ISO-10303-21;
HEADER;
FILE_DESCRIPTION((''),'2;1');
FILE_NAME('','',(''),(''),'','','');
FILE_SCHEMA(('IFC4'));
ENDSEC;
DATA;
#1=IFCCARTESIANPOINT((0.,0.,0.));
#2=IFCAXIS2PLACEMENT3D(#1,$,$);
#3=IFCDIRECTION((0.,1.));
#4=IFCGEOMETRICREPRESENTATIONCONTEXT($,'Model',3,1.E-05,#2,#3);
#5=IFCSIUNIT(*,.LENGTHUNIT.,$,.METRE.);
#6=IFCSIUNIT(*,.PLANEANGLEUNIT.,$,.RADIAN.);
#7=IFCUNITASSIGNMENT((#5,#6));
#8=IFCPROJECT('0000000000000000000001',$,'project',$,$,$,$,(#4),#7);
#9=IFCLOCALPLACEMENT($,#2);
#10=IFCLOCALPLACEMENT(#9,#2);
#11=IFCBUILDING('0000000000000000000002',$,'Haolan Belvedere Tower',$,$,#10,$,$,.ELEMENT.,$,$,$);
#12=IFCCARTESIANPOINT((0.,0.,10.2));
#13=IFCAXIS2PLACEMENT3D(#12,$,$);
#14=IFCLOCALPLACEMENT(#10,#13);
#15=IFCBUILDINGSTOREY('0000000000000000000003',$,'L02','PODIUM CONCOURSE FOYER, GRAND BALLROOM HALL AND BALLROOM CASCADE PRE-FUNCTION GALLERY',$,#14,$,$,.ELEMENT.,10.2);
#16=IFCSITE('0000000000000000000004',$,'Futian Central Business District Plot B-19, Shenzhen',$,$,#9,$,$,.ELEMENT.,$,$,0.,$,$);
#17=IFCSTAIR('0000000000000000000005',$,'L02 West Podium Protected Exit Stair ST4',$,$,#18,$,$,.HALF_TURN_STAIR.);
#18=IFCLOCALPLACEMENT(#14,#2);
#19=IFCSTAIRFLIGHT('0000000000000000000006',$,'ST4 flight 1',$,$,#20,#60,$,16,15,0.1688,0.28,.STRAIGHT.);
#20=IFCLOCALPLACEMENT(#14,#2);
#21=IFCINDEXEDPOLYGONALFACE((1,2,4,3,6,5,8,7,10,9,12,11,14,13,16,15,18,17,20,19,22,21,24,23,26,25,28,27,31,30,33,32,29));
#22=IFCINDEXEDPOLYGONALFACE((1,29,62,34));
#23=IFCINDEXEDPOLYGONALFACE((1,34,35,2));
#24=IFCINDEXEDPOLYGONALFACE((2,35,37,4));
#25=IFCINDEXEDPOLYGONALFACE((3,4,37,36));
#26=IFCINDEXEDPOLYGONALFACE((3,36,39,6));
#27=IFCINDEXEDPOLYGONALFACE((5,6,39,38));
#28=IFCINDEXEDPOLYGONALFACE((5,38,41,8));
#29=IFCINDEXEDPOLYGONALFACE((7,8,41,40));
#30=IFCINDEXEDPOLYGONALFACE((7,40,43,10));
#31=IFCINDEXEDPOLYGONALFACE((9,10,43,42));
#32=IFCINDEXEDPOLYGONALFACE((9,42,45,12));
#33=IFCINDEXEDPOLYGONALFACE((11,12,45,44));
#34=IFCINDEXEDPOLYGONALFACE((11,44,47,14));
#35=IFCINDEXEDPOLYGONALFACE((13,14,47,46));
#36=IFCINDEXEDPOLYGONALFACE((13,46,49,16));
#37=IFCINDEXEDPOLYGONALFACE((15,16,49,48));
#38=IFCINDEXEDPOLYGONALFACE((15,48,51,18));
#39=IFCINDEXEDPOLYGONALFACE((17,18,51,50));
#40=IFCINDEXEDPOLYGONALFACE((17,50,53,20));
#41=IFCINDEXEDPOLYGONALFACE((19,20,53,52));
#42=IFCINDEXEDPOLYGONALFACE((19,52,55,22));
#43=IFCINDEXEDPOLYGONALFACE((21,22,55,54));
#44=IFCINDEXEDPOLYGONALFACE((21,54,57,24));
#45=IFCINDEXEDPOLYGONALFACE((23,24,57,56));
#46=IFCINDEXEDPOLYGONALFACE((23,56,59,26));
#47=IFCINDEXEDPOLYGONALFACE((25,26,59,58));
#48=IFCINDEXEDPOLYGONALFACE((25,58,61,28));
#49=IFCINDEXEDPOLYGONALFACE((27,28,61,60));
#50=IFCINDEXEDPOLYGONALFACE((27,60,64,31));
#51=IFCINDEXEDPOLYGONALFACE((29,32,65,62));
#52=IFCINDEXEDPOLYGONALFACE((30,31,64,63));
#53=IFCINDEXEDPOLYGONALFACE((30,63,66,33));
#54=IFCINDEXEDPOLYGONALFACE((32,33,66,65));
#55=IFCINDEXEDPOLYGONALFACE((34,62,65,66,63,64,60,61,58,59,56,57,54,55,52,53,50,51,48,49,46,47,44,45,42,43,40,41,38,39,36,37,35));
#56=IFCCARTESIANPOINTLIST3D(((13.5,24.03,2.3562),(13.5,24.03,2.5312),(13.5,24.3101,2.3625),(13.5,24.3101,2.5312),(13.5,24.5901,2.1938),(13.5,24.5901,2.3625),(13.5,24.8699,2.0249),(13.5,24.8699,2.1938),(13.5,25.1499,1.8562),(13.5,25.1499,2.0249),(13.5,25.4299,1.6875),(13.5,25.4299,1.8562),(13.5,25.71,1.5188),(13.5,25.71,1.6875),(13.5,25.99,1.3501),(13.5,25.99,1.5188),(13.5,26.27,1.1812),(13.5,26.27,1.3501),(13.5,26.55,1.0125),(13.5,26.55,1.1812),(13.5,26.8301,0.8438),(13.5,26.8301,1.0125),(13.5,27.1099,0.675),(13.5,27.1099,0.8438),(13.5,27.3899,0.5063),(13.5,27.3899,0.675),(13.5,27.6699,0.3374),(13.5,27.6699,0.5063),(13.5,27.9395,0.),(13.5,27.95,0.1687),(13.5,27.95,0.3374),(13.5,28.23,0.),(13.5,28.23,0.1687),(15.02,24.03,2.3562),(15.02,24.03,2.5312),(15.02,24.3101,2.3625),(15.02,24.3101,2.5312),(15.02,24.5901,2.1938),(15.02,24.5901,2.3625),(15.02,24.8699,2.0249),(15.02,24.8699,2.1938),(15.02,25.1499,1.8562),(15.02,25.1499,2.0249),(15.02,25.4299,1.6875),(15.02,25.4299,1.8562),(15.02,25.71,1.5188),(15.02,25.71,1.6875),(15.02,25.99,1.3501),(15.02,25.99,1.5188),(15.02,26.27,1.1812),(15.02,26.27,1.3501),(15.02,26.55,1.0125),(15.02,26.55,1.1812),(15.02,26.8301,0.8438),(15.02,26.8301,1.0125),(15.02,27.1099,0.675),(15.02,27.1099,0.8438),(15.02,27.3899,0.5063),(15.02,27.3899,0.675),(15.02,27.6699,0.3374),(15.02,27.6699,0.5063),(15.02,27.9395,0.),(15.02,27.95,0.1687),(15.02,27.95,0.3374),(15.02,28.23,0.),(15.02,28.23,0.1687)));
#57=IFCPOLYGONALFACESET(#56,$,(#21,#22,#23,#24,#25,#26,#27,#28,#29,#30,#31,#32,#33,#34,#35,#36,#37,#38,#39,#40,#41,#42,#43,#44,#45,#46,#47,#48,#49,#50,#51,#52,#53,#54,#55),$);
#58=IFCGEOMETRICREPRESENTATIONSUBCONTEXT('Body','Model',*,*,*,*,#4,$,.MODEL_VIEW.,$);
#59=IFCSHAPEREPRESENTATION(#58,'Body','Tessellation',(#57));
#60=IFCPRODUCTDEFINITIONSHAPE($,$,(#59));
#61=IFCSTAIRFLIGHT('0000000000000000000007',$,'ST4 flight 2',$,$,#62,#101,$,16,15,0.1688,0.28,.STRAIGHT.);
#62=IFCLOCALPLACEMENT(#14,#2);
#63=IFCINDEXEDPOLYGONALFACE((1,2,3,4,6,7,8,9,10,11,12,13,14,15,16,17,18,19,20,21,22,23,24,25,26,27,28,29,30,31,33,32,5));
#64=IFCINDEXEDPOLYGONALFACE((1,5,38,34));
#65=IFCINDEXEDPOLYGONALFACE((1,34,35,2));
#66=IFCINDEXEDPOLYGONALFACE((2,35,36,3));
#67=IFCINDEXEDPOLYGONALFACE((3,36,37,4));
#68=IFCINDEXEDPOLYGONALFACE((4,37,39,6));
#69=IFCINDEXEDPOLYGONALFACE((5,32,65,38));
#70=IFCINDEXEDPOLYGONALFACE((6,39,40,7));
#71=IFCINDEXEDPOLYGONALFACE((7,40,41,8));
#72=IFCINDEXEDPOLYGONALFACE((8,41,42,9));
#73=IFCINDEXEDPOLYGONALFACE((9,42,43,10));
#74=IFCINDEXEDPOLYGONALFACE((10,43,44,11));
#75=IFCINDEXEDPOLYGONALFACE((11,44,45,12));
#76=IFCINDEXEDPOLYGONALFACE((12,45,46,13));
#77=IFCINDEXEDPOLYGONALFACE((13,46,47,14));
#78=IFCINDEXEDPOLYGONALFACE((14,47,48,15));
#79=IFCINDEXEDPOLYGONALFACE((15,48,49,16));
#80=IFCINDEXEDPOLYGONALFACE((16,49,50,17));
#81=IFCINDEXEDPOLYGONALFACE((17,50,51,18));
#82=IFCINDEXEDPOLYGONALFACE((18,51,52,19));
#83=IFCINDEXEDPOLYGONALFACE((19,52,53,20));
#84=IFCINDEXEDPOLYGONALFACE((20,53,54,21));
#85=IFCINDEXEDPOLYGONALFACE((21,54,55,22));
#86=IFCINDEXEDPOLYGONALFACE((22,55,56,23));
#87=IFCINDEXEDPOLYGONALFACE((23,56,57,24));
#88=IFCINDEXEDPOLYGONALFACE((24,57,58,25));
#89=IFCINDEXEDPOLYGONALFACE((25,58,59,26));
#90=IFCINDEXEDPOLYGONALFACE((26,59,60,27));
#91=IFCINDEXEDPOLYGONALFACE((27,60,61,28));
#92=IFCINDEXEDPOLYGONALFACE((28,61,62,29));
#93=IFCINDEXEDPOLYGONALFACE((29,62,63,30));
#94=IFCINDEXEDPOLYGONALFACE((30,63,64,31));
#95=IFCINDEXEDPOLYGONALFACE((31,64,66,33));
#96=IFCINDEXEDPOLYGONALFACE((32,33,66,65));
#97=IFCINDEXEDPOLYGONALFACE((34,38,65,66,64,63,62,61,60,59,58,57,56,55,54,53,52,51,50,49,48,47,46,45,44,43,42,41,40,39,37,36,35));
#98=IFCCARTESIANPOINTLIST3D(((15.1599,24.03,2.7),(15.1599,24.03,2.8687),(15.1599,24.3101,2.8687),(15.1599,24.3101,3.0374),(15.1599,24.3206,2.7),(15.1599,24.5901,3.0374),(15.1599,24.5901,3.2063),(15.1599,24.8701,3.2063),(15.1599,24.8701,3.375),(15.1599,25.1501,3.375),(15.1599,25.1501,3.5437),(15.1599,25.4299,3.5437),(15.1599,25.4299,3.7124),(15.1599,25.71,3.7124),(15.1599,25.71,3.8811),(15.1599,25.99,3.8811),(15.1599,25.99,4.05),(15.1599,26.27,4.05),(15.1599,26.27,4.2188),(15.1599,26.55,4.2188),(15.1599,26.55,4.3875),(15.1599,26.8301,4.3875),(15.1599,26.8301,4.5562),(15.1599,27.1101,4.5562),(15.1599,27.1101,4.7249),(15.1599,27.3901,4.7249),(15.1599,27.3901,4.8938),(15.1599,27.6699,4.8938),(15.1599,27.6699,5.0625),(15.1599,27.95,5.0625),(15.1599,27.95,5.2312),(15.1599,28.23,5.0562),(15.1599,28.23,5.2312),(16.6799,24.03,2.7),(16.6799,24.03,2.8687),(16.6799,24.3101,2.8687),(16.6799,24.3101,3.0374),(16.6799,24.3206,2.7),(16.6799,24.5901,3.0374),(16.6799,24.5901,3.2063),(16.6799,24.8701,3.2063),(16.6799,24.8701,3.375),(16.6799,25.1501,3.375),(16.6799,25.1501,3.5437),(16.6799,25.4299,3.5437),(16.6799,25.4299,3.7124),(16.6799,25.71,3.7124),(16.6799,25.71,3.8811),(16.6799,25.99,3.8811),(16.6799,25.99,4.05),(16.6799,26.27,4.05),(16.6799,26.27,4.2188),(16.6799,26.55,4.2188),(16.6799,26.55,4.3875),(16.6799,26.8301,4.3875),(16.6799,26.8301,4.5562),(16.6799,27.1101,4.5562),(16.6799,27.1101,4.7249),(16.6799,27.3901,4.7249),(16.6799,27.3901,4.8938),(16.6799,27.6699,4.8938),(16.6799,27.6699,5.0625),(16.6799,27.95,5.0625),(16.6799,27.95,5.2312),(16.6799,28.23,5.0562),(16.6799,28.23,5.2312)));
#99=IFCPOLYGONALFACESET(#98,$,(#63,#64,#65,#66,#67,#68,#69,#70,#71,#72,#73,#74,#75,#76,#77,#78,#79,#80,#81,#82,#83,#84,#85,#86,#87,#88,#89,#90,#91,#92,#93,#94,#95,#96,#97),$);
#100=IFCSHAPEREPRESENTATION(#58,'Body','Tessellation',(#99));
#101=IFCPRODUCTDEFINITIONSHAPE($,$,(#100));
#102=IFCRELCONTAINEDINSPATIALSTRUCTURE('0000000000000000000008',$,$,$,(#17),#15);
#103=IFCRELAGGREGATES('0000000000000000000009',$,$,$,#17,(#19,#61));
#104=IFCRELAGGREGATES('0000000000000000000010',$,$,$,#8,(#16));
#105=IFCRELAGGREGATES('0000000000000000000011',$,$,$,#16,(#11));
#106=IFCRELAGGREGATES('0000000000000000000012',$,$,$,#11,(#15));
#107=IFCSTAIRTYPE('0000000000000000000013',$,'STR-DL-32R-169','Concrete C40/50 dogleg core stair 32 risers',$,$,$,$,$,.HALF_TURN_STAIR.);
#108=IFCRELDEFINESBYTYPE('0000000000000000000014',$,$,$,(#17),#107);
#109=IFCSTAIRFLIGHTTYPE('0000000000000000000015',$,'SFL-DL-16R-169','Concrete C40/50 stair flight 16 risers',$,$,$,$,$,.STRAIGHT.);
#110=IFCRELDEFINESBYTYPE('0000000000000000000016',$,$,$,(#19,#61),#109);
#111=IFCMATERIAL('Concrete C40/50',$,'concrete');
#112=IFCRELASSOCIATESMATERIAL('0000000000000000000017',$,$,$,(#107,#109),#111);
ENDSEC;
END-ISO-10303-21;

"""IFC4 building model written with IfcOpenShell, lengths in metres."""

from ifc_helpers import new_model, si_unit, direction, frame, origin, place, context, subcontext, project, spatial, polyline, outline, extrude, material, type_object, element, aggregate, save


model = new_model("IFC4")

# Units and contexts
model_context = context("Model", 3, precision=1e-05, world=origin(), true_north=direction((0.0, 1.0)))
body_context = subcontext(model_context, "Body", "Model", "MODEL_VIEW")
ifc_project = project(units=[si_unit("LENGTHUNIT", "METRE"), si_unit("PLANEANGLEUNIT", "RADIAN")], contexts=[model_context])

# Site, building, storey
site_placement = place(None, origin())
site = spatial("IfcSite", under=ifc_project, at=site_placement, Name="Futian Central Business District Plot B-19, Shenzhen", CompositionType="ELEMENT", RefElevation=0.0)
building_placement = place(site_placement, origin())
building = spatial("IfcBuilding", under=site, at=building_placement, Name="Haolan Belvedere Tower", CompositionType="ELEMENT")
storey_placement = place(building_placement, frame((0.0, 0.0, 10.2)))
storey = spatial("IfcBuildingStorey", under=building, at=storey_placement, Name="L02", Description="PODIUM CONCOURSE FOYER, GRAND BALLROOM HALL AND BALLROOM CASCADE PRE-FUNCTION GALLERY", CompositionType="ELEMENT", Elevation=10.2)

# Stair, stair flights
ifc_material_1 = material(Name="Concrete C40/50", Category="concrete")
stair_type = type_object("IfcStairType", Name="STR-DL-32R-169", Description="Concrete C40/50 dogleg core stair 32 risers", PredefinedType="HALF_TURN_STAIR", material=ifc_material_1)
stair_placement = place(storey_placement, origin())
stair = element("IfcStair", 1, at=stair_placement, inside=storey, type_object=stair_type, Name="L02 West Podium Protected Exit Stair ST4", PredefinedType="HALF_TURN_STAIR")
stair_flight_type = type_object("IfcStairFlightType", Name="SFL-DL-16R-169", Description="Concrete C40/50 stair flight 16 risers", PredefinedType="STRAIGHT", material=ifc_material_1)
stair_flight_1_placement = place(storey_placement, frame((14.26, 28.23, 0.0), z_axis=(0.0, 0.0, 1.0), x_axis=(0.0, -1.0, 0.0)))
stair_flight_1 = element("IfcStairFlight", 2, at=stair_flight_1_placement, type_object=stair_flight_type, Name="ST4 flight 1", NumberOfRisers=16, NumberOfTreads=15, PredefinedType="STRAIGHT", RiserHeight=0.1688, TreadLength=0.28, context=body_context, shape_type="SweptSolid", body=[
    extrude(outline(polyline([(0.0, 0.0), (0.0, 0.1687), (0.28, 0.1687), (0.28, 0.3374), (0.5601, 0.3374), (0.5601, 0.5063), (0.8401, 0.5063), (0.8401, 0.675), (1.1201, 0.675), (1.1201, 0.8438), (1.3999, 0.8438), (1.3999, 1.0125), (1.6799, 1.0125), (1.6799, 1.1812), (1.96, 1.1812), (1.96, 1.3501), (2.24, 1.3501), (2.24, 1.5188), (2.52, 1.5188), (2.52, 1.6875), (2.8, 1.6875), (2.8, 1.8562), (3.0801, 1.8562), (3.0801, 2.0249), (3.3601, 2.0249), (3.3601, 2.1938), (3.6399, 2.1938), (3.6399, 2.3625), (3.9199, 2.3625), (3.9199, 2.5312), (4.2, 2.5312), (4.2, 2.7), (4.2, 2.3562), (0.2905, 0.0), (0.0, 0.0)])), frame((0.0, 0.76, 0.0), z_axis=(0.0, -1.0, 0.0), x_axis=(1.0, 0.0, 0.0)), (0.0, 0.0, 1.0), 1.52),
])
stair_flight_2_placement = place(storey_placement, frame((15.9199, 24.03, 2.7), z_axis=(0.0, 0.0, 1.0), x_axis=(0.0, 1.0, 0.0)))
stair_flight_2 = element("IfcStairFlight", 3, at=stair_flight_2_placement, type_object=stair_flight_type, Name="ST4 flight 2", NumberOfRisers=16, NumberOfTreads=15, PredefinedType="STRAIGHT", RiserHeight=0.1688, TreadLength=0.28, context=body_context, shape_type="SweptSolid", body=[
    extrude(outline(polyline([(0.0, 0.0), (0.0, 0.1687), (0.28, 0.1687), (0.28, 0.3374), (0.5601, 0.3374), (0.5601, 0.5063), (0.8401, 0.5063), (0.8401, 0.675), (1.1201, 0.675), (1.1201, 0.8438), (1.3999, 0.8438), (1.3999, 1.0125), (1.6799, 1.0125), (1.6799, 1.1812), (1.96, 1.1812), (1.96, 1.3501), (2.24, 1.3501), (2.24, 1.5188), (2.52, 1.5188), (2.52, 1.6875), (2.8, 1.6875), (2.8, 1.8562), (3.0801, 1.8562), (3.0801, 2.0249), (3.3601, 2.0249), (3.3601, 2.1938), (3.6399, 2.1938), (3.6399, 2.3625), (3.9199, 2.3625), (3.9199, 2.5312), (4.2, 2.5312), (4.2, 2.7), (4.2, 2.3562), (0.2905, 0.0), (0.0, 0.0)])), frame((0.0, 0.76, 0.0), z_axis=(0.0, -1.0, 0.0), x_axis=(1.0, 0.0, 0.0)), (0.0, 0.0, 1.0), 1.52),
])
aggregate(stair, [stair_flight_1, stair_flight_2])

save(model, "model.ifc")
